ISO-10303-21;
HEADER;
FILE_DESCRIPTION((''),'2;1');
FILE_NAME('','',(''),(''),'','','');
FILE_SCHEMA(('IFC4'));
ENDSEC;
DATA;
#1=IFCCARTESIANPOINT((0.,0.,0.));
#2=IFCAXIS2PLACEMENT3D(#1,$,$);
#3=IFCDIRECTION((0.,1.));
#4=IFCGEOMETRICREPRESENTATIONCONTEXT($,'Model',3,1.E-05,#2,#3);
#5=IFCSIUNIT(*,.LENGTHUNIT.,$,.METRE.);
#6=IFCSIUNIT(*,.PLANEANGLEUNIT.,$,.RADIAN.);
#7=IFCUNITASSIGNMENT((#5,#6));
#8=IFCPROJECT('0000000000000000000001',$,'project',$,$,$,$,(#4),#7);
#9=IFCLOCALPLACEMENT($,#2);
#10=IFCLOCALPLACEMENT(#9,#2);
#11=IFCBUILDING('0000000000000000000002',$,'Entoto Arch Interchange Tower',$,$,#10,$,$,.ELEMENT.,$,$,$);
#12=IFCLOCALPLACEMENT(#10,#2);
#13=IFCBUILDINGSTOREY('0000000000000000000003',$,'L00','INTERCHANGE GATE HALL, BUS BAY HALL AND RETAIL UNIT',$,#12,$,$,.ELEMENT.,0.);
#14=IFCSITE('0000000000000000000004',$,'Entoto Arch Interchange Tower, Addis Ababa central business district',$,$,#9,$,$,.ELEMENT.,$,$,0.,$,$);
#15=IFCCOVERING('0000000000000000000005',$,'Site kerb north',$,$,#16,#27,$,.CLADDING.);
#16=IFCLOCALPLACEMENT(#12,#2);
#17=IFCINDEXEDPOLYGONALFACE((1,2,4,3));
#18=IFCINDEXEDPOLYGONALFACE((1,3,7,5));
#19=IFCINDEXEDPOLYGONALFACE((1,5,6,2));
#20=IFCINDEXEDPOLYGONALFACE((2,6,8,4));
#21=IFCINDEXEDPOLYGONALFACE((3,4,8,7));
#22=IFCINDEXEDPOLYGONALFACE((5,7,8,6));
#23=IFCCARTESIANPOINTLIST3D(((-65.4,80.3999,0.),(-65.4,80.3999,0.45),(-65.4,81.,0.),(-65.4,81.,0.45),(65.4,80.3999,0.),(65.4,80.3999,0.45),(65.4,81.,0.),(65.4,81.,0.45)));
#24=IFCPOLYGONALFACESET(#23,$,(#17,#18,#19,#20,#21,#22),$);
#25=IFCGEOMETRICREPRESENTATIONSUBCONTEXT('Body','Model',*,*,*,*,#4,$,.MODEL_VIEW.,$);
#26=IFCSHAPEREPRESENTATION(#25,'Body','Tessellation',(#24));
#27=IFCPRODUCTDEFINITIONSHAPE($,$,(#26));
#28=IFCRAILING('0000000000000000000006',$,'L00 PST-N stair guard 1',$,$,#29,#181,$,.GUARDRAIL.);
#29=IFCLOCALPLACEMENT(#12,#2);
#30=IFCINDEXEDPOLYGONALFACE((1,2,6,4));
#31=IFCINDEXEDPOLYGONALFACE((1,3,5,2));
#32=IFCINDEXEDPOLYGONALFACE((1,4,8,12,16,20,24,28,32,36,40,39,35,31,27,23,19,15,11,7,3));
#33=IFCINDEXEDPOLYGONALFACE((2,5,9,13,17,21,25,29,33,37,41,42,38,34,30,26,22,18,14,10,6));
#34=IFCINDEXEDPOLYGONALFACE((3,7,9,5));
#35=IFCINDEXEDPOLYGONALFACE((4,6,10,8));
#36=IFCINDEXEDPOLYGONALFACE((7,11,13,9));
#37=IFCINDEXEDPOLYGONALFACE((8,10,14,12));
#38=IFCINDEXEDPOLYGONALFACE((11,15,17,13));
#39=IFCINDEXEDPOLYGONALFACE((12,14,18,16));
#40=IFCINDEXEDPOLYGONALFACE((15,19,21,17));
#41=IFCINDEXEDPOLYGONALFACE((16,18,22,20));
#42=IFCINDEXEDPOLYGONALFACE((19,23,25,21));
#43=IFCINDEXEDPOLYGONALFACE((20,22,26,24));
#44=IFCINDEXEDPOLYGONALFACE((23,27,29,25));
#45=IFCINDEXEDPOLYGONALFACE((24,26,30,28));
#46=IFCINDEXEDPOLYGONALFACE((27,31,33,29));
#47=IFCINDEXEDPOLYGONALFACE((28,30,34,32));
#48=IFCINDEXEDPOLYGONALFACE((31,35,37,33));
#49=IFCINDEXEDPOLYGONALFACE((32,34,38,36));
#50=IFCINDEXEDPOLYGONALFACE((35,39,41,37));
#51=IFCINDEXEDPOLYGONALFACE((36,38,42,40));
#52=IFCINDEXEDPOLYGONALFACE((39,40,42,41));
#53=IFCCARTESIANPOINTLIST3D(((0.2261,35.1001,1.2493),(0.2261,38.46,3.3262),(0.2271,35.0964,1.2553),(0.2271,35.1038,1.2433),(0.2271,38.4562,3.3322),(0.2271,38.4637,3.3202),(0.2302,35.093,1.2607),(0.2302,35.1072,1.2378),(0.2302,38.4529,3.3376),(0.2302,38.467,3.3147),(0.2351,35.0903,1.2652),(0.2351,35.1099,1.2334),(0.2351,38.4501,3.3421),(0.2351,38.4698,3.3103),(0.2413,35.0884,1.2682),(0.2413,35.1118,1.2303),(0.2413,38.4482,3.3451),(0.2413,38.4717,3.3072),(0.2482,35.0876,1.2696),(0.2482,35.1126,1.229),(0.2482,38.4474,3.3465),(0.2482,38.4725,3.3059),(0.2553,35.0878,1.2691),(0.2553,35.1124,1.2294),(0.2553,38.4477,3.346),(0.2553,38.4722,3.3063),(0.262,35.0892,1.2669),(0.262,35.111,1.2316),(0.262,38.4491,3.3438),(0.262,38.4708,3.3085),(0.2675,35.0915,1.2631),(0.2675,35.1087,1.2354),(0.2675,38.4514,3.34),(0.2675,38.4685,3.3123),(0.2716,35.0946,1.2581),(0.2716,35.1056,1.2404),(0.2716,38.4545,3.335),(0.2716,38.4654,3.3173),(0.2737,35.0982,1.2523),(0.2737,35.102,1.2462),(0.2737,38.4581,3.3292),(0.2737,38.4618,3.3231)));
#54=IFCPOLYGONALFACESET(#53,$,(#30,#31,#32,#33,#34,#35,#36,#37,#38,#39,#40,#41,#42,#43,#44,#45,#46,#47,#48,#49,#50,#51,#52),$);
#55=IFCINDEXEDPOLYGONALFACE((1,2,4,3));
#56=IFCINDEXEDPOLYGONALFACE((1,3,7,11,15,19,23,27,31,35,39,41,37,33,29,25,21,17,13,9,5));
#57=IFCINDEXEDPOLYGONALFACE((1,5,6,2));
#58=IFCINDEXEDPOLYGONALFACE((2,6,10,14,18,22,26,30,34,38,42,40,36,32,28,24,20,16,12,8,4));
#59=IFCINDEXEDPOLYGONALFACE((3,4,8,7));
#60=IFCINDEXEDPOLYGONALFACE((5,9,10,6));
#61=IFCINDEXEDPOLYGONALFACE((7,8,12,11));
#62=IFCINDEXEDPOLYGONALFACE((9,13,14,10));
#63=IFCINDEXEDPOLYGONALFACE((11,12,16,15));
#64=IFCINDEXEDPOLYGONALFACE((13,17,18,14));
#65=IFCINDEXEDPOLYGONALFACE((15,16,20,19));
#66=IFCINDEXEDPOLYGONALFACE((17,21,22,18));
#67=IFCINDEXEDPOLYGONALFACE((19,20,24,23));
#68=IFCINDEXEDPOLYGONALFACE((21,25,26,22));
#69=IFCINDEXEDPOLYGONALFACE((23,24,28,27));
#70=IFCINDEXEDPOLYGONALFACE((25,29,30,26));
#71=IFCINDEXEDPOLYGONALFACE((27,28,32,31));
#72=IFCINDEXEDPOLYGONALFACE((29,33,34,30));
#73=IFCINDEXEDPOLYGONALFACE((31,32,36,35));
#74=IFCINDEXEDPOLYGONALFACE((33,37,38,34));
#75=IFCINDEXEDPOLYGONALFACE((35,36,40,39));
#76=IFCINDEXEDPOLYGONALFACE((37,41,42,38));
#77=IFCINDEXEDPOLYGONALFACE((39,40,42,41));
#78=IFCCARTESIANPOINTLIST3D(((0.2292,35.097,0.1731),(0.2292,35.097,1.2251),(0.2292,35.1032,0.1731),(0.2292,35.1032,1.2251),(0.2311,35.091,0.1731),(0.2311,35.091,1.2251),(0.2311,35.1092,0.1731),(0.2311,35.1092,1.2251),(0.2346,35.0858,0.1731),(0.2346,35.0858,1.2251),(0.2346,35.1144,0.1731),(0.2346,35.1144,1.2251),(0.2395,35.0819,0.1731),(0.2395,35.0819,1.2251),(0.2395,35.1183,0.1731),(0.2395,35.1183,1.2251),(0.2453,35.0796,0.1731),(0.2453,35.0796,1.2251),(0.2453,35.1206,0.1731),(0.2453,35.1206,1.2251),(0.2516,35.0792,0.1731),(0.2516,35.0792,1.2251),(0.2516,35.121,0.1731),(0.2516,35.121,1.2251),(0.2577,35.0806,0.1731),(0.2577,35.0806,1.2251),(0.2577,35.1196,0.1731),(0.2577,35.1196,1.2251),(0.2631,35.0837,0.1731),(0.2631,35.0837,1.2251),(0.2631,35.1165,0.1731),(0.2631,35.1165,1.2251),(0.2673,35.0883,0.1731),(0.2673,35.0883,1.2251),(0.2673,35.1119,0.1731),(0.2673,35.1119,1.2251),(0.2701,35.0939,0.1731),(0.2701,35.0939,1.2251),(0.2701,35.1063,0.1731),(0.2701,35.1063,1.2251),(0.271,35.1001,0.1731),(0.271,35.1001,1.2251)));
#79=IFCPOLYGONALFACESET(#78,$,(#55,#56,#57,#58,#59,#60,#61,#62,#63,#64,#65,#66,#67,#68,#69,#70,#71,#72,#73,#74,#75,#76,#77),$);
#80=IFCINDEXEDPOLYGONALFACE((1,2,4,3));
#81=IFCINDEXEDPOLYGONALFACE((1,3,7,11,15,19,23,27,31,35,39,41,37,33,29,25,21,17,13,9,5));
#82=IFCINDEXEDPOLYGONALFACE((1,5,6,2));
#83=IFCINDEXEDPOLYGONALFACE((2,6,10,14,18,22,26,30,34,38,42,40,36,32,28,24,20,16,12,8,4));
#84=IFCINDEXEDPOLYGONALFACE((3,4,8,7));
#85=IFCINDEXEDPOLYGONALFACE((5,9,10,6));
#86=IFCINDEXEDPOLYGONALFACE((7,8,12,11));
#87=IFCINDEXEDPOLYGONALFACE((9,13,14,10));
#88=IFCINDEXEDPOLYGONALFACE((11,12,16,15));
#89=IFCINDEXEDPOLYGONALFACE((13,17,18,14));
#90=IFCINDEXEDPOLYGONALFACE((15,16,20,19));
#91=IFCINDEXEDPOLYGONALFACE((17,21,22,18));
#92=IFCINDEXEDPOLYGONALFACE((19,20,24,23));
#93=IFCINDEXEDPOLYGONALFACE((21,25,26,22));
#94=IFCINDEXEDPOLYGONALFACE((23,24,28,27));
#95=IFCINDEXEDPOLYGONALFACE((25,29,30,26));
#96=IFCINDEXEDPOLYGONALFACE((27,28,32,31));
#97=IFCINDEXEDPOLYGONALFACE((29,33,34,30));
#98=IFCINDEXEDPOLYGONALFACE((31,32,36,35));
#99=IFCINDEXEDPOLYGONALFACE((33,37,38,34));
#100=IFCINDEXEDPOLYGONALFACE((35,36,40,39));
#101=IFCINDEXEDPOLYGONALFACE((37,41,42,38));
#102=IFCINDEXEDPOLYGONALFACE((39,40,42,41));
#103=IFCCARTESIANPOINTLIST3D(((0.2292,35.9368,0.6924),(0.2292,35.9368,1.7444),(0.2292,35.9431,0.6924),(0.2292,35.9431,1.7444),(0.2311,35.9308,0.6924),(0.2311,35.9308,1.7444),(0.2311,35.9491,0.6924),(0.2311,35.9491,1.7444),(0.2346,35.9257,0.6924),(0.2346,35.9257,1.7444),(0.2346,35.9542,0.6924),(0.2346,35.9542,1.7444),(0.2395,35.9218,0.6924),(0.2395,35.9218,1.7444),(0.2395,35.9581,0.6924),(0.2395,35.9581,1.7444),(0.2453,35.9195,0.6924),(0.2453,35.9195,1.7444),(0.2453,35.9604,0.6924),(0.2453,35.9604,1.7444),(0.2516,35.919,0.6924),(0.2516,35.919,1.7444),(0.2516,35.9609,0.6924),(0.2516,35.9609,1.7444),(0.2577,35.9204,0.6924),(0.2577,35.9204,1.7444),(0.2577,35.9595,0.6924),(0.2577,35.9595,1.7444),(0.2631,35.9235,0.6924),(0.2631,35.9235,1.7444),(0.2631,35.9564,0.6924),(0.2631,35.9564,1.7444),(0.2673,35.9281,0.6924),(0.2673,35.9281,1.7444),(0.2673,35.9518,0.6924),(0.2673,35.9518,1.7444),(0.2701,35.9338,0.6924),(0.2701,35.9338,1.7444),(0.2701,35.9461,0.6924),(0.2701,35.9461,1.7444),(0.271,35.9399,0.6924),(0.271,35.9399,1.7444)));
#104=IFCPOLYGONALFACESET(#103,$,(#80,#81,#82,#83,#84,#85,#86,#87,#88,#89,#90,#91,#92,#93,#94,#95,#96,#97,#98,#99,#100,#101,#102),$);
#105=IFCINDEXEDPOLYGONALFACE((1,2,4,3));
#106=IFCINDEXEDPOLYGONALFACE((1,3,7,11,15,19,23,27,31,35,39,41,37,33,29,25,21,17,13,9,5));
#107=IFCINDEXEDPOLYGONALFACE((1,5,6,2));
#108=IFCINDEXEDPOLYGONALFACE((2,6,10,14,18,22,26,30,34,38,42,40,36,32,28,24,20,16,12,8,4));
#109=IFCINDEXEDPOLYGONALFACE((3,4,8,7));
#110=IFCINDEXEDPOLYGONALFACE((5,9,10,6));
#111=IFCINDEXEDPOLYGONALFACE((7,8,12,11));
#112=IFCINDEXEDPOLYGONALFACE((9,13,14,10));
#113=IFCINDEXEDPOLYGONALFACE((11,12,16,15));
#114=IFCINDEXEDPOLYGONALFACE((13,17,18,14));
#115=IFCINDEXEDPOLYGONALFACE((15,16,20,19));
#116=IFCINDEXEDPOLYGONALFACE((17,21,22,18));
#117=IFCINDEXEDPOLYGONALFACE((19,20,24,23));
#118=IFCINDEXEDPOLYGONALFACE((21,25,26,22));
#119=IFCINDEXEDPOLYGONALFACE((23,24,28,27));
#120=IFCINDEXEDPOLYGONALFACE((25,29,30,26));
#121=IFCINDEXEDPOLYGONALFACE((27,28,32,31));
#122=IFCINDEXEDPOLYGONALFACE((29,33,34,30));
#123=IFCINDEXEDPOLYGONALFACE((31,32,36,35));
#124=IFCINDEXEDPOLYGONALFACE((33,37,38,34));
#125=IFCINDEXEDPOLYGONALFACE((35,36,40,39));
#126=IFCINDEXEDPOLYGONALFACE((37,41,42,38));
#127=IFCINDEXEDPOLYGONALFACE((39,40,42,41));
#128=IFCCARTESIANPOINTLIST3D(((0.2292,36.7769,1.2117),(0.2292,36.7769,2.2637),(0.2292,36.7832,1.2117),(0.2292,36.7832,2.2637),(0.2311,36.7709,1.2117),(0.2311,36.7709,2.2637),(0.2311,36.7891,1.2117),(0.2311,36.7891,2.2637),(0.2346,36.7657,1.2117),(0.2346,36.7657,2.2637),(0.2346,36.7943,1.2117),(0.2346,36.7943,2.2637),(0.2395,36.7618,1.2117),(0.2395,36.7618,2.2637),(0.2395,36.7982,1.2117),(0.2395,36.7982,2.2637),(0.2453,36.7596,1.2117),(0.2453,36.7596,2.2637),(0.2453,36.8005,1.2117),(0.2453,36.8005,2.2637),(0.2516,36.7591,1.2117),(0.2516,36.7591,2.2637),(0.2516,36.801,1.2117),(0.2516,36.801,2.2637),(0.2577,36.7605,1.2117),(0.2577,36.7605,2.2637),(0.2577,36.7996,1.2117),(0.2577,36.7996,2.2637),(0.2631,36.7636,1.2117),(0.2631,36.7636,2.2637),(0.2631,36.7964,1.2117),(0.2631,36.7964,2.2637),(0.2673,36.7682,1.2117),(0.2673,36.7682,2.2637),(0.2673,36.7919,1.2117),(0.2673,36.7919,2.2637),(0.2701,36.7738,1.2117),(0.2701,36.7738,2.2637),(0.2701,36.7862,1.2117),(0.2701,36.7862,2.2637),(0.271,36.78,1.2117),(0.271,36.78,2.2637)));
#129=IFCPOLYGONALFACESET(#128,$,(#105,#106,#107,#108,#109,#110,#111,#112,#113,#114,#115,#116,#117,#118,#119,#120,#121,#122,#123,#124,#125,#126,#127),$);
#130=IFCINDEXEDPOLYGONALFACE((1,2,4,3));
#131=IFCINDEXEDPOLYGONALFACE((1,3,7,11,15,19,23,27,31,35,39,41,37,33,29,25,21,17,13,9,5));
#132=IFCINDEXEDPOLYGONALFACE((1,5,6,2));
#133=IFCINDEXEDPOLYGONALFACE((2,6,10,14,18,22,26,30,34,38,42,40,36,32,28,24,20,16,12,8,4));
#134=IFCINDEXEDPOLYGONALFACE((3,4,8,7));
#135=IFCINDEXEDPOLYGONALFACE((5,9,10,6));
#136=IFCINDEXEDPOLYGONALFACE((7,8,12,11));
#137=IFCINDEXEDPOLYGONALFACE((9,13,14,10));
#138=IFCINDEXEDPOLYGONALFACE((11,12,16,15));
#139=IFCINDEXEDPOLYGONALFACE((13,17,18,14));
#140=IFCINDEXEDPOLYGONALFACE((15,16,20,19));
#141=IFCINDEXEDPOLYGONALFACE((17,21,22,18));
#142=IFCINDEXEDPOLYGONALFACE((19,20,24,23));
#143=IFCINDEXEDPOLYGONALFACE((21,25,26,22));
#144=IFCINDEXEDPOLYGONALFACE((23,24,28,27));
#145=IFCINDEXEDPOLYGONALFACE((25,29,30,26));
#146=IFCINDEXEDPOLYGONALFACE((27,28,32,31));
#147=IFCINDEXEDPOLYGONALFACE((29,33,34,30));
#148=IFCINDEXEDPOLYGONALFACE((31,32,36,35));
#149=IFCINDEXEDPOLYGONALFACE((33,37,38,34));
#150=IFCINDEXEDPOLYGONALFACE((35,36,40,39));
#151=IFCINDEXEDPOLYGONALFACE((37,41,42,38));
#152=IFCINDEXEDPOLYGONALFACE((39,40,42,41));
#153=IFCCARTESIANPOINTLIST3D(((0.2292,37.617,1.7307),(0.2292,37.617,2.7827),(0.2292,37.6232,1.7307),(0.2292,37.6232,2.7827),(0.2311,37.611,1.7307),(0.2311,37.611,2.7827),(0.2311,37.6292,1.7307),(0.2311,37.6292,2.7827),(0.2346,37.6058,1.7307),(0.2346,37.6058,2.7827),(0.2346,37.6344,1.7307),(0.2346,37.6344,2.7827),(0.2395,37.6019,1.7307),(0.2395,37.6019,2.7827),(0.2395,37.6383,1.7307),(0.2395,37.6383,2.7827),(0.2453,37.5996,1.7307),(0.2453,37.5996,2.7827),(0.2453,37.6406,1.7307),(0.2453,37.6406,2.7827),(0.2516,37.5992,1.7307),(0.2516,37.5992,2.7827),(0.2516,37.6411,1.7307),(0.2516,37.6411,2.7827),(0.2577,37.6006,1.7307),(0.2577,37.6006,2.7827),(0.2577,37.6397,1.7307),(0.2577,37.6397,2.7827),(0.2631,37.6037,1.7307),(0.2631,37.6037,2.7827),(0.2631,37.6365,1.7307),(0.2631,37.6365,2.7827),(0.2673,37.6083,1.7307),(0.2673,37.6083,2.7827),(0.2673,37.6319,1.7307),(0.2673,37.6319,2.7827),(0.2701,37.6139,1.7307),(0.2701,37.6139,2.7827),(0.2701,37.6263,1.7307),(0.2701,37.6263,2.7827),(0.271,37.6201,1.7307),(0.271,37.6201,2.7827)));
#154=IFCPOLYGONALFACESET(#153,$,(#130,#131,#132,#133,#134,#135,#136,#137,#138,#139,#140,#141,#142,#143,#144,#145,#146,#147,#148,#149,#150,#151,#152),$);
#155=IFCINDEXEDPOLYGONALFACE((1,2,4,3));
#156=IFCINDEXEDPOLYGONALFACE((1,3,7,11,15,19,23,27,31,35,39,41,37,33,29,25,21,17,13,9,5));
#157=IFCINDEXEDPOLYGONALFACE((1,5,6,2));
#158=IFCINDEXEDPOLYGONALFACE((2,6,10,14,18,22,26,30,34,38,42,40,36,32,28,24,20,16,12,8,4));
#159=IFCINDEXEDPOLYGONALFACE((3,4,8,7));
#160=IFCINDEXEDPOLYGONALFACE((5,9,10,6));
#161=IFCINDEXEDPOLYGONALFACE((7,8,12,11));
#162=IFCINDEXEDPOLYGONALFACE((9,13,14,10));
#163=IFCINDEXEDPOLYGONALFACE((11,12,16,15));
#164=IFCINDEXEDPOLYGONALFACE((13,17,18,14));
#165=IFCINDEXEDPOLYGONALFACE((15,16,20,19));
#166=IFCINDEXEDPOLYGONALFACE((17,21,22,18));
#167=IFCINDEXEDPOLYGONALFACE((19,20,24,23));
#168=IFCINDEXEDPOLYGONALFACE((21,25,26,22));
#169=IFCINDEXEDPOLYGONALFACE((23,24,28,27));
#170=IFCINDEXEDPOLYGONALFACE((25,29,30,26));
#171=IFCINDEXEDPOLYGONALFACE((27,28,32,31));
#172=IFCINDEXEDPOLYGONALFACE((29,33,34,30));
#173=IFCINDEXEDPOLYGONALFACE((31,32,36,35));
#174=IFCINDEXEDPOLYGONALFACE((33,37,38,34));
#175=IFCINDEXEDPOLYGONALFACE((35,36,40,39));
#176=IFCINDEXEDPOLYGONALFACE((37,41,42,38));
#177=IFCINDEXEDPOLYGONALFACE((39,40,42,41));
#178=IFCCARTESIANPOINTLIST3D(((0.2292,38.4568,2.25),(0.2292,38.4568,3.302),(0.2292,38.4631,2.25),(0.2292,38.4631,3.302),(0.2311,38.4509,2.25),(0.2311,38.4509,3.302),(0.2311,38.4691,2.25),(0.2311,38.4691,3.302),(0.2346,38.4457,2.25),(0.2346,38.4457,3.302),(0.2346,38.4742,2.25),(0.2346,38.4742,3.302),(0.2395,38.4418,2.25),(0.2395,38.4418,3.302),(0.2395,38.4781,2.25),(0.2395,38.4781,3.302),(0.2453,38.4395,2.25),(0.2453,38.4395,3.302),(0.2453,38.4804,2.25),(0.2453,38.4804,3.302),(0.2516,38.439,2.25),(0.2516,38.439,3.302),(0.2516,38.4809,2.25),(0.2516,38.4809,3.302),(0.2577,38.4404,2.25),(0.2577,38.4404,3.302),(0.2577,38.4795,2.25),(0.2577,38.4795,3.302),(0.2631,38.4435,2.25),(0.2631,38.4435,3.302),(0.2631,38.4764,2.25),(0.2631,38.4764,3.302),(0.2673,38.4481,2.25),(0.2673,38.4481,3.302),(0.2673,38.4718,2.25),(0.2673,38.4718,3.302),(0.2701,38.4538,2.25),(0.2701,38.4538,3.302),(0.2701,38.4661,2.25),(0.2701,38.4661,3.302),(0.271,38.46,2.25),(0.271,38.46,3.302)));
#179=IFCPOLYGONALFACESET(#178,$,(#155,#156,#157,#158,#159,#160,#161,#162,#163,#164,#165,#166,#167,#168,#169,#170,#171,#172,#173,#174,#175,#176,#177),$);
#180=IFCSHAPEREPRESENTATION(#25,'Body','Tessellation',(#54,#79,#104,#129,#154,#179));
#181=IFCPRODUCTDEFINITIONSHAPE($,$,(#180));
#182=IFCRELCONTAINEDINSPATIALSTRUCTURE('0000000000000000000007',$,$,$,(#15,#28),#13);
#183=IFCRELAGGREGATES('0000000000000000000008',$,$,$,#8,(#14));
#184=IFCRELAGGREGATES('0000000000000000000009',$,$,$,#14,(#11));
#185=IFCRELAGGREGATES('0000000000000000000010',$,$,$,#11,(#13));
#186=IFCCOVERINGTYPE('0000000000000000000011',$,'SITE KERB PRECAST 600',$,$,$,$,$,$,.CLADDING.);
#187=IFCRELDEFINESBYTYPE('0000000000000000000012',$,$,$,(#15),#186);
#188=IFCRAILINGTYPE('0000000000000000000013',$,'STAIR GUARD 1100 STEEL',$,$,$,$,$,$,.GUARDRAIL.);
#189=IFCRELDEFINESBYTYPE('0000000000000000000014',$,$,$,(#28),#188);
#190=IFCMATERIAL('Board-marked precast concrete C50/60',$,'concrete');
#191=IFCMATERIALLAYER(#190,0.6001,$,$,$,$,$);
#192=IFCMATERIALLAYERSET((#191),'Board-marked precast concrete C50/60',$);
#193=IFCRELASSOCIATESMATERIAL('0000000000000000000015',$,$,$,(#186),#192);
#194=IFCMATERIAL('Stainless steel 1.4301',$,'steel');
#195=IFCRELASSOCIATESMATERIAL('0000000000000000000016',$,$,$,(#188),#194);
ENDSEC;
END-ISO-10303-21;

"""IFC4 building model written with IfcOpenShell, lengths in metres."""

from ifc_helpers import new_model, si_unit, direction, frame, origin, origin_2d, place, context, subcontext, project, spatial, rectangle, circle, extrude, material, layer, layer_set, type_object, element, save


model = new_model("IFC4")

# Units and contexts
model_context = context("Model", 3, precision=1e-05, world=origin(), true_north=direction((0.0, 1.0)))
body_context = subcontext(model_context, "Body", "Model", "MODEL_VIEW")
ifc_project = project(units=[si_unit("LENGTHUNIT", "METRE"), si_unit("PLANEANGLEUNIT", "RADIAN")], contexts=[model_context])

# Site, building, storey
site_placement = place(None, origin())
site = spatial("IfcSite", under=ifc_project, at=site_placement, Name="Entoto Arch Interchange Tower, Addis Ababa central business district", CompositionType="ELEMENT", RefElevation=0.0)
building_placement = place(site_placement, origin())
building = spatial("IfcBuilding", under=site, at=building_placement, Name="Entoto Arch Interchange Tower", CompositionType="ELEMENT")
storey_placement = place(building_placement, origin())
storey = spatial("IfcBuildingStorey", under=building, at=storey_placement, Name="L00", Description="INTERCHANGE GATE HALL, BUS BAY HALL AND RETAIL UNIT", CompositionType="ELEMENT", Elevation=0.0)

# Covering
ifc_material_1 = material(Name="Board-marked precast concrete C50/60", Category="concrete")
ifc_layer_1 = layer(ifc_material_1, 0.6001)
ifc_layer_set_1 = layer_set([ifc_layer_1], Name="Board-marked precast concrete C50/60")
covering_type_1 = type_object("IfcCoveringType", Name="SITE KERB PRECAST 600", PredefinedType="CLADDING", material=ifc_layer_set_1)
covering_1_placement = place(storey_placement, frame((0.0, 80.7, 0.0), z_axis=(0.0, 0.0, 1.0), x_axis=(1.0, 0.0, 0.0)))
element("IfcCovering", 1, at=covering_1_placement, inside=storey, type_object=covering_type_1, Name="Site kerb north", PredefinedType="CLADDING", context=body_context, shape_type="SweptSolid", body=[
    extrude(rectangle(XDim=130.8, YDim=0.6001, at=origin_2d()), origin(), (0.0, 0.0, 1.0), 0.45),
])

# Railing
ifc_material_2 = material(Name="Stainless steel 1.4301", Category="steel")
railing_type_1 = type_object("IfcRailingType", Name="STAIR GUARD 1100 STEEL", PredefinedType="GUARDRAIL", material=ifc_material_2)
railing_1_placement = place(storey_placement, frame((0.25, 35.1001, 0.1731)))
element("IfcRailing", 2, at=railing_1_placement, inside=storey, type_object=railing_type_1, Name="L00 PST-N stair guard 1", PredefinedType="GUARDRAIL", context=body_context, shape_type="SweptSolid", body=[
    extrude(circle(Radius=0.0239, at=origin_2d()), frame((0.0, 0.0, 1.0762), z_axis=(0.0, 0.850606, 0.525803), x_axis=(-1.0, 0.0, 0.0)), (0.0, 0.0, 1.0), 3.95),
    extrude(circle(Radius=0.021, at=origin_2d()), origin(), (0.0, 0.0, 1.0), 1.052),
    extrude(circle(Radius=0.021, at=origin_2d()), frame((0.0, 0.8398, 0.5193)), (0.0, 0.0, 1.0), 1.052),
    extrude(circle(Radius=0.021, at=origin_2d()), frame((0.0, 1.6799, 1.0386)), (0.0, 0.0, 1.0), 1.052),
    extrude(circle(Radius=0.021, at=origin_2d()), frame((0.0, 2.52, 1.5576)), (0.0, 0.0, 1.0), 1.052),
    extrude(circle(Radius=0.021, at=origin_2d()), frame((0.0, 3.3599, 2.0769)), (0.0, 0.0, 1.0), 1.052),
])

save(model, "model.ifc")
